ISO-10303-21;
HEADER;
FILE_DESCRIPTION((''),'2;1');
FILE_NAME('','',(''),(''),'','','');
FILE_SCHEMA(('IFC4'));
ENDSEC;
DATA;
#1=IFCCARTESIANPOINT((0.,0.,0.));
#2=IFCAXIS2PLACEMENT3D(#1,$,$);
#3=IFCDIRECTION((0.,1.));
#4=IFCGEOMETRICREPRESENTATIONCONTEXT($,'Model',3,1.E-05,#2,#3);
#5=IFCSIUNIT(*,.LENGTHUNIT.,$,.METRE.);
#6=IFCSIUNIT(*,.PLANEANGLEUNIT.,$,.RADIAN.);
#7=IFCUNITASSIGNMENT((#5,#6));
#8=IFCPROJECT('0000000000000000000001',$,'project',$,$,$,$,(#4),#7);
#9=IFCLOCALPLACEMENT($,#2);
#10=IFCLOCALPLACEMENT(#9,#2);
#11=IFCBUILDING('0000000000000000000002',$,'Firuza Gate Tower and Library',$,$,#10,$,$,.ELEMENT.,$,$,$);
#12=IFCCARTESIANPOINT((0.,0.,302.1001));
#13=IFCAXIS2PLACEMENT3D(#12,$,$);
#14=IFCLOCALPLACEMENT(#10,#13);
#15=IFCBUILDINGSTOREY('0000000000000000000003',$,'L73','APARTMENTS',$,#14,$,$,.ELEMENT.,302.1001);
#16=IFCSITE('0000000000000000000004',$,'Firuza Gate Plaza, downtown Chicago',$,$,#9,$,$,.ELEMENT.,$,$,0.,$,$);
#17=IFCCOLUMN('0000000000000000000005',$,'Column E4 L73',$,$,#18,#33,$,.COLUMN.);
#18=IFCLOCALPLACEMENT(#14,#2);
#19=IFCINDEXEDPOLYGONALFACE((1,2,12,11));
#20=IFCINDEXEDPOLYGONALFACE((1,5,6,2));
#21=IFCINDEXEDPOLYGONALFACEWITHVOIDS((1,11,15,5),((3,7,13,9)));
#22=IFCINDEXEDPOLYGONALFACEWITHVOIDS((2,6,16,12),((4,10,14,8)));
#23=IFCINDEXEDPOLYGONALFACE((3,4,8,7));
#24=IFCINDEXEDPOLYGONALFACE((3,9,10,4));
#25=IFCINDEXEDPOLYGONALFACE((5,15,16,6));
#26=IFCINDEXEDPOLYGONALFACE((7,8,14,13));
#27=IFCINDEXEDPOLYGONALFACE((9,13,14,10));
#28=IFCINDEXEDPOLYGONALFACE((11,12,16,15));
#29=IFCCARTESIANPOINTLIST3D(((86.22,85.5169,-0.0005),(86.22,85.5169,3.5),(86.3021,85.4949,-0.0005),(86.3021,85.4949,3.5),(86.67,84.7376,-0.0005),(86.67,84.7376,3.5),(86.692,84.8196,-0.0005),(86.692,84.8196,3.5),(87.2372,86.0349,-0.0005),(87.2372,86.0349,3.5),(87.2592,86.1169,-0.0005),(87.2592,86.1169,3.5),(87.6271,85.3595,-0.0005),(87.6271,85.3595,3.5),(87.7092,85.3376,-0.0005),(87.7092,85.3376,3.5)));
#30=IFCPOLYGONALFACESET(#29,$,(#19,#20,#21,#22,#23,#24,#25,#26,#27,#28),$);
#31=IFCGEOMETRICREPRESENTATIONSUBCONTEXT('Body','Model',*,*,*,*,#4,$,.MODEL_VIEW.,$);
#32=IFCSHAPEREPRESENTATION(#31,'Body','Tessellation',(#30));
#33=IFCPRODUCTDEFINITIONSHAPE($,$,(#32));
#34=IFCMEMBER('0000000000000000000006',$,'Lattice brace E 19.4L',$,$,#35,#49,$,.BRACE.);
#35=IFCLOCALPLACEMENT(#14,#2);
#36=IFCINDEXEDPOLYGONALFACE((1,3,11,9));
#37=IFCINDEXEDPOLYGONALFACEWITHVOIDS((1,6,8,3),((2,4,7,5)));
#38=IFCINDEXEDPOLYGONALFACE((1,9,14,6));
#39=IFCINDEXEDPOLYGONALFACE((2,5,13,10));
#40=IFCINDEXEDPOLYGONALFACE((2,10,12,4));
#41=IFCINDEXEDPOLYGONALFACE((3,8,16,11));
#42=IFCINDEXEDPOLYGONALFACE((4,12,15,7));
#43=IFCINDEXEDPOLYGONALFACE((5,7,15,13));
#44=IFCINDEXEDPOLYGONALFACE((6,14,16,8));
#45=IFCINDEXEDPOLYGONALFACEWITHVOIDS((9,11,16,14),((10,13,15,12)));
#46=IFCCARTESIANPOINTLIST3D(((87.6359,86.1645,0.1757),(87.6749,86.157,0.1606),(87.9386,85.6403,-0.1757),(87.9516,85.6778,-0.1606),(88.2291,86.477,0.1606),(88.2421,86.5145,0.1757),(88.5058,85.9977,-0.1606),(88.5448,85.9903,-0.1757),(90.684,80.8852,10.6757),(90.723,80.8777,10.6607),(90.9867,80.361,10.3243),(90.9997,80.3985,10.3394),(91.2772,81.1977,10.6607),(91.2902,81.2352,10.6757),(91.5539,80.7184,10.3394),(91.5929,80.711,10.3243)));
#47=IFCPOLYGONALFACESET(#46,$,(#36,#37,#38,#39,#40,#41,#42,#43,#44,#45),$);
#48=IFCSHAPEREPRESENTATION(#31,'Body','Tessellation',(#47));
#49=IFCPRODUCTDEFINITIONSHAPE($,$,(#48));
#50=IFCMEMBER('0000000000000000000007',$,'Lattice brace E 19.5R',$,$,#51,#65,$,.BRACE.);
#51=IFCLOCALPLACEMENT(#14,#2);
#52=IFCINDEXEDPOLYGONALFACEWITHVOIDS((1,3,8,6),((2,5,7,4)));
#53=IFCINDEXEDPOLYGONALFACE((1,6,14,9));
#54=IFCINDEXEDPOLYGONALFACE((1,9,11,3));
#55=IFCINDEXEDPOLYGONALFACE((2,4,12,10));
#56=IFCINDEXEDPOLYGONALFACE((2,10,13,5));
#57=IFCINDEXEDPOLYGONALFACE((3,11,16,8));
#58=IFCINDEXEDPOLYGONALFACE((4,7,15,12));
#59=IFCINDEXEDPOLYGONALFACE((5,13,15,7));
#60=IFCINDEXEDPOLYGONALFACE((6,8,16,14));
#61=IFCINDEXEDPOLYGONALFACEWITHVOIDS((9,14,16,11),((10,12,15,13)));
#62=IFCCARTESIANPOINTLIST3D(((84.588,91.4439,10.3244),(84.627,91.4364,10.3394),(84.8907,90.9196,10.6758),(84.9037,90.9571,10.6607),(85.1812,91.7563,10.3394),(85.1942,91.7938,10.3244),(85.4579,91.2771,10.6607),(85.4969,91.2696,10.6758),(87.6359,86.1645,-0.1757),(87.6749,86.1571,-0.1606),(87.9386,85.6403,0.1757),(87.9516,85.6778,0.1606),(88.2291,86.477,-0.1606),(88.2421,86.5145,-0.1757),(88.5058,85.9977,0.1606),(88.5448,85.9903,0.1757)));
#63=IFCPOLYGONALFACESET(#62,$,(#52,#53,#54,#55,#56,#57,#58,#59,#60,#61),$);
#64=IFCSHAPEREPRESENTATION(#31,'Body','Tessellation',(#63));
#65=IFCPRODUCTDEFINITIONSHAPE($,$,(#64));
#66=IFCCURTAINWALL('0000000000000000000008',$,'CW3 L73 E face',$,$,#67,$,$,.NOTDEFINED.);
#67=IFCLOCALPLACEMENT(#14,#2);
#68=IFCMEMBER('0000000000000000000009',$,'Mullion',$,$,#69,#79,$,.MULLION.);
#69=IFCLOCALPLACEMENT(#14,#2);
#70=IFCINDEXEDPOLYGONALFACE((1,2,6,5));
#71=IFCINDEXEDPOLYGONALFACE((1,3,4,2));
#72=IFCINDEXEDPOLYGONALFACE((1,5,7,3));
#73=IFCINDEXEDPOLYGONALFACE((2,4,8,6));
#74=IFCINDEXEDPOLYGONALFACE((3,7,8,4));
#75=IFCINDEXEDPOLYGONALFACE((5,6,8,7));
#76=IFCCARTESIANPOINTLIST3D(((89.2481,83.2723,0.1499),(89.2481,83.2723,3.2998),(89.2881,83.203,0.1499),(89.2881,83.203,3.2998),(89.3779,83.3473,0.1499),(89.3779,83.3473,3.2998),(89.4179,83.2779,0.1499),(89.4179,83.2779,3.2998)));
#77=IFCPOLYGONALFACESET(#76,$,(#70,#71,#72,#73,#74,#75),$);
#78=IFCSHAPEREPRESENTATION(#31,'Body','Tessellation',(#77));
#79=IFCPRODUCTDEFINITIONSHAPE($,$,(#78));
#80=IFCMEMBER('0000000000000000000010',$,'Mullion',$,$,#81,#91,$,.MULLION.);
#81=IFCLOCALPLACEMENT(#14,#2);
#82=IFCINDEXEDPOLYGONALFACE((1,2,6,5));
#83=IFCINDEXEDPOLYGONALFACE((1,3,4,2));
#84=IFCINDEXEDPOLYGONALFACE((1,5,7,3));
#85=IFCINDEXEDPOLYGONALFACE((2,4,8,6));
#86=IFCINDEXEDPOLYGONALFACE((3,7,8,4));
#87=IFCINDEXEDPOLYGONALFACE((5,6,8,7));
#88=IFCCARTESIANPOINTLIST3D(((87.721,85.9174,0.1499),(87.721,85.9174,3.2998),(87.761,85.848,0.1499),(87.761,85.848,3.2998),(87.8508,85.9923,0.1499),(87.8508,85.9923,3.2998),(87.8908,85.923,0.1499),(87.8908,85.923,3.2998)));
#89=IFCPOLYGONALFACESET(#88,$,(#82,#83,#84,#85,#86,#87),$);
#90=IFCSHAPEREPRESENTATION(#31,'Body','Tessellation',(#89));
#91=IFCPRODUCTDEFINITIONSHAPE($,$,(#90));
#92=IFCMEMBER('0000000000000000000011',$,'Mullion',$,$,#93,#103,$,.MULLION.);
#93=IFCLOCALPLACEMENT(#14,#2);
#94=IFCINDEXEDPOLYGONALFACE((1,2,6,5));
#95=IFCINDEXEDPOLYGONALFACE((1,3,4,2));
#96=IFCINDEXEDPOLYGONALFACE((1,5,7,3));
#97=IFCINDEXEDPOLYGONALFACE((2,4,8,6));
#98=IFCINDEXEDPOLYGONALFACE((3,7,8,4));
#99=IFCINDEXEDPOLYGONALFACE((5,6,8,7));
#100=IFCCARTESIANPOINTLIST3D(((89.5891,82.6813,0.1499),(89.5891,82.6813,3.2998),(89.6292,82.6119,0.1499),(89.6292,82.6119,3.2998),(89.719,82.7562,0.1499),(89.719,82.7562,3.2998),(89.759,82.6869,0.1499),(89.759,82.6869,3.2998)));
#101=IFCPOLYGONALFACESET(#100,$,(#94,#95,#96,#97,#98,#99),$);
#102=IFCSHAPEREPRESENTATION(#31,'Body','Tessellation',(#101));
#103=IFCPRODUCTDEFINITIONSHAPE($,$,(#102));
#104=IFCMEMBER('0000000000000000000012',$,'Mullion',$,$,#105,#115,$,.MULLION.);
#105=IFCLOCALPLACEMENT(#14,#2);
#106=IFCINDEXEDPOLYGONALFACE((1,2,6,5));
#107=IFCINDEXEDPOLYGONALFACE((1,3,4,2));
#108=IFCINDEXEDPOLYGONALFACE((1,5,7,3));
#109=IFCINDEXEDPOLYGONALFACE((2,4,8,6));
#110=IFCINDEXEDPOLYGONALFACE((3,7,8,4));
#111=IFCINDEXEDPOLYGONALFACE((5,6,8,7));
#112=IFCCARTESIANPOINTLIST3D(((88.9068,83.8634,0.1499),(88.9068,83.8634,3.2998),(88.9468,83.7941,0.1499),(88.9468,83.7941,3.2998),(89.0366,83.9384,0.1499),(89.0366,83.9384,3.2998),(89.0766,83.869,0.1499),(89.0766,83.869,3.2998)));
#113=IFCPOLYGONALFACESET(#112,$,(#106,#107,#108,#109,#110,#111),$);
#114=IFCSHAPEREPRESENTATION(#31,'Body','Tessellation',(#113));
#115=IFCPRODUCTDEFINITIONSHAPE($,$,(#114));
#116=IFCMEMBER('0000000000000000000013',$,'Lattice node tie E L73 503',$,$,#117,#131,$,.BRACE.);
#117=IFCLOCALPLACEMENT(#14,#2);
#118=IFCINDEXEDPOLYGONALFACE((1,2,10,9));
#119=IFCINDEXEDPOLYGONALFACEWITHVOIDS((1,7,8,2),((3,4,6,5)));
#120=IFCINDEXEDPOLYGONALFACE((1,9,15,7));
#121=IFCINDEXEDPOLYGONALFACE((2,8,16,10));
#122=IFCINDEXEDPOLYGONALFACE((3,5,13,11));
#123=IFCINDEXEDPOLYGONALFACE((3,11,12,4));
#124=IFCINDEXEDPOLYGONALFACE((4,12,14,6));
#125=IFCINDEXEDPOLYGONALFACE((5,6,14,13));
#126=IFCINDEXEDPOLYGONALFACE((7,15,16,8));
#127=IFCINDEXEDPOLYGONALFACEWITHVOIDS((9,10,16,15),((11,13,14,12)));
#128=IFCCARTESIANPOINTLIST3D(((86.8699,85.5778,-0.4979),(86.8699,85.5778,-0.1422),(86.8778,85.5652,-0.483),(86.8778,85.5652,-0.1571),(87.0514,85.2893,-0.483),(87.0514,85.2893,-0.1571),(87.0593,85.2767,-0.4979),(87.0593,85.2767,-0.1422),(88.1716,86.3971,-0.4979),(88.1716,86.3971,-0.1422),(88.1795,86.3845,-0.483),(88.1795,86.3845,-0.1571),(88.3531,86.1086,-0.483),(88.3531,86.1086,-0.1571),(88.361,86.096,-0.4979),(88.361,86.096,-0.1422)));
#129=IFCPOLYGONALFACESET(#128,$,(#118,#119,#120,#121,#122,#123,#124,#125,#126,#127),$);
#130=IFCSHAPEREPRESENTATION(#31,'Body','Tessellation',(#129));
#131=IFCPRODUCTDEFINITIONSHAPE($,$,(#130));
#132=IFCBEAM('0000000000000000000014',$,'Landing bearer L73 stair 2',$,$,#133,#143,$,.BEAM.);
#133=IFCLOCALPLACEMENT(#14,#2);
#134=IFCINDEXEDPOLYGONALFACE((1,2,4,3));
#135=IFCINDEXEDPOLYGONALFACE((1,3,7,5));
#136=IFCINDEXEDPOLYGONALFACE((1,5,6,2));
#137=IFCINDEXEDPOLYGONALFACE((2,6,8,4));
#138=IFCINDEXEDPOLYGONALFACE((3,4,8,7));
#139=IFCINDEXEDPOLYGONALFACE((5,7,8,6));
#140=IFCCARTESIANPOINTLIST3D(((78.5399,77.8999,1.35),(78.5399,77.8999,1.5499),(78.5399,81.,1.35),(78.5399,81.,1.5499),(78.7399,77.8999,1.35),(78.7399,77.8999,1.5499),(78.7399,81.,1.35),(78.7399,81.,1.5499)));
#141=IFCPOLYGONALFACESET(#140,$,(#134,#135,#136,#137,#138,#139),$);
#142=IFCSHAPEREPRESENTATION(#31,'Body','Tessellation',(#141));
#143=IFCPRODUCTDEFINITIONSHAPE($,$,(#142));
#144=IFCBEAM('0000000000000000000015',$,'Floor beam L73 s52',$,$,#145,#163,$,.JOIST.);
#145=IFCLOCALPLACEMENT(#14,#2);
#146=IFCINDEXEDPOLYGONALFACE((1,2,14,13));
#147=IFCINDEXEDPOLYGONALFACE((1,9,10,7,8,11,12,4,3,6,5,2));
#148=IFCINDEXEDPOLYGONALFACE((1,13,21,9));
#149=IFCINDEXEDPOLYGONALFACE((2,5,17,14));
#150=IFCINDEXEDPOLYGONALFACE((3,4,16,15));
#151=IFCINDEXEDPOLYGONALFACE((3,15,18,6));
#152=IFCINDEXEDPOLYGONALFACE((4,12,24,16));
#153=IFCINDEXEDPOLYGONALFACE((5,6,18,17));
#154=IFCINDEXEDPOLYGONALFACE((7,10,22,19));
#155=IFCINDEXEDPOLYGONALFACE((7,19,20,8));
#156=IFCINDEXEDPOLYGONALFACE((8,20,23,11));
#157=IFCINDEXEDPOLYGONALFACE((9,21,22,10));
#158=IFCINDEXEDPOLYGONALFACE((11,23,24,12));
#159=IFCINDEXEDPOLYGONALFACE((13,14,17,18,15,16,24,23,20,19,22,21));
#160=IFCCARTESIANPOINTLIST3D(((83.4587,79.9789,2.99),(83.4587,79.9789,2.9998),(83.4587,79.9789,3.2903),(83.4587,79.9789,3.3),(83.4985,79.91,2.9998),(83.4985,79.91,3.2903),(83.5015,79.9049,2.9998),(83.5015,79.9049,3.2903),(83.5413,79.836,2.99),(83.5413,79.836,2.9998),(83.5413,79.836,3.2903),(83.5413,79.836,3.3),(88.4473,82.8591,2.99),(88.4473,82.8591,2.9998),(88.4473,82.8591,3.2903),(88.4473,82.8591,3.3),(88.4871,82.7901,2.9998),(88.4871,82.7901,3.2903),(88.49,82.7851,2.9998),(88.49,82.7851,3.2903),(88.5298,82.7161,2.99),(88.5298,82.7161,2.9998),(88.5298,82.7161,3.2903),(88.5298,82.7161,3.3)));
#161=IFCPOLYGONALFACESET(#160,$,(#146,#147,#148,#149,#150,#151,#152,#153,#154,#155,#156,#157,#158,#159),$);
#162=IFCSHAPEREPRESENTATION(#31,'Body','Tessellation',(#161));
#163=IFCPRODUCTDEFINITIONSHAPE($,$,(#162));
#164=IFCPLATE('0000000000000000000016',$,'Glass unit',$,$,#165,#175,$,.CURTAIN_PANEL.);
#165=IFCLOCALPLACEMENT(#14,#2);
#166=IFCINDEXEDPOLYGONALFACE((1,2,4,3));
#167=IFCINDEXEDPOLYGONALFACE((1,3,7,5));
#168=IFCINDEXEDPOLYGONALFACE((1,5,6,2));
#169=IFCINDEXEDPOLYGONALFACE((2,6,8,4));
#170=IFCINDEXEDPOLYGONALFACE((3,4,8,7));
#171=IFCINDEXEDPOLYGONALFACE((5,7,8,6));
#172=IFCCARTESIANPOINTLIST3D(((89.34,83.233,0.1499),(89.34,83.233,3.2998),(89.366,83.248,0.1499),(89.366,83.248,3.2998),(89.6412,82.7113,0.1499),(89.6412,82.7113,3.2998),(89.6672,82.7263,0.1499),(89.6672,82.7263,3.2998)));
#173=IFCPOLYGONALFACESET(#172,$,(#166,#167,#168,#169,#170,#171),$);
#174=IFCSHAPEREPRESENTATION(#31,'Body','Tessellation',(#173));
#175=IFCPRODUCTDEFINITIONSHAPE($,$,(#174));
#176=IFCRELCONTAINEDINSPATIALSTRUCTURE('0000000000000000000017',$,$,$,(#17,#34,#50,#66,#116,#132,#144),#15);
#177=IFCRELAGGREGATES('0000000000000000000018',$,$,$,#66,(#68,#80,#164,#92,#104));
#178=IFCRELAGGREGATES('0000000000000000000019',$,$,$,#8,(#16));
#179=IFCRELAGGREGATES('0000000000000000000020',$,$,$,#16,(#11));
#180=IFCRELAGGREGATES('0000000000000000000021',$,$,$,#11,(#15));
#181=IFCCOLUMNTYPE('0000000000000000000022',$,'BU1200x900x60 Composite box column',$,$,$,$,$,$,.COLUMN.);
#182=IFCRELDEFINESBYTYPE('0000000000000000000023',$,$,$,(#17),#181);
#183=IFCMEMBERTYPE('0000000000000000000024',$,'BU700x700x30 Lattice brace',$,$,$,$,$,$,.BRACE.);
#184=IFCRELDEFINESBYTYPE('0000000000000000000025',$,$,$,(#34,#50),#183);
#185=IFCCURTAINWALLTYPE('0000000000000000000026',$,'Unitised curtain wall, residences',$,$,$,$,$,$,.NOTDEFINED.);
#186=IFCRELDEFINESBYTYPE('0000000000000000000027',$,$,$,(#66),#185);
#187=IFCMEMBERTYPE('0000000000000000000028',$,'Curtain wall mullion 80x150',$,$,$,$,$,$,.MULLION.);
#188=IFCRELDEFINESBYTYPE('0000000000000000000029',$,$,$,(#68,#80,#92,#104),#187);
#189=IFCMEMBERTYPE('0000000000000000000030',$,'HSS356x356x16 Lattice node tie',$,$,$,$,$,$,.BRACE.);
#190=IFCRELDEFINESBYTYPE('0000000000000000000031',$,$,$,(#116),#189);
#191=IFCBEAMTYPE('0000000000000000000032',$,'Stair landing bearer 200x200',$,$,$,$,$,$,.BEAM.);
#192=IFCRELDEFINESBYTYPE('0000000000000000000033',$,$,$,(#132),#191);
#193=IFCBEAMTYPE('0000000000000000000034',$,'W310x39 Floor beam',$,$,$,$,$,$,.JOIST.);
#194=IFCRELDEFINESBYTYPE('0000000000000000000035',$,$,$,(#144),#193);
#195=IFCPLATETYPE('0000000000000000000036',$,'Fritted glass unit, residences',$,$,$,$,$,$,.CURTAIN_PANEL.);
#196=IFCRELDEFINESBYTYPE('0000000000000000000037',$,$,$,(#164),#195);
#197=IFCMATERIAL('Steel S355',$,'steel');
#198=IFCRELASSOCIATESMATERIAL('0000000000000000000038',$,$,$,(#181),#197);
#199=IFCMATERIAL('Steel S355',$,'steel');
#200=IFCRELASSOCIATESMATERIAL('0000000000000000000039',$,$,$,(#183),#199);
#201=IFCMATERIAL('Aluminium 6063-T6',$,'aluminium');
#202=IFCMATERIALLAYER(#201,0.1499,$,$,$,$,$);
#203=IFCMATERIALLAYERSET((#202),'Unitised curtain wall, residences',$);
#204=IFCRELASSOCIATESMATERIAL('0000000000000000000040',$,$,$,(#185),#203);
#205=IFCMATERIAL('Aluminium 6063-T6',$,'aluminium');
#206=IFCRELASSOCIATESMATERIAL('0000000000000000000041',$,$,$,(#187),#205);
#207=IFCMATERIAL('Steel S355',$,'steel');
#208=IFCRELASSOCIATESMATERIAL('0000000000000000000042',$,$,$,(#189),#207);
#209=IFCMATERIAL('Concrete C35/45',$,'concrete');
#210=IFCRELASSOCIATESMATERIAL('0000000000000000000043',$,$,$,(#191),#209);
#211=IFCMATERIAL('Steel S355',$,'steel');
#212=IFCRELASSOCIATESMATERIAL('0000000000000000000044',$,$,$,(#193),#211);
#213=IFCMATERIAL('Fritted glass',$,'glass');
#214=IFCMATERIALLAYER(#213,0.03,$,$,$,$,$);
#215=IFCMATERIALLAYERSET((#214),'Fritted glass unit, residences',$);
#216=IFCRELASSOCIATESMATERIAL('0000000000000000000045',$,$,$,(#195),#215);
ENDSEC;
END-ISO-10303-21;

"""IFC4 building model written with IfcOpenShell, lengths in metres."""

from ifc_helpers import new_model, si_unit, direction, frame, origin, origin_2d, place, context, subcontext, project, spatial, polyline, rectangle, hollow_rectangle, i_section, outline, extrude, material, layer, layer_set, material_profile, profile_set, type_object, element, aggregate, save


model = new_model("IFC4")

# Units and contexts
model_context = context("Model", 3, precision=1e-05, world=origin(), true_north=direction((0.0, 1.0)))
body_context = subcontext(model_context, "Body", "Model", "MODEL_VIEW")
ifc_project = project(units=[si_unit("LENGTHUNIT", "METRE"), si_unit("PLANEANGLEUNIT", "RADIAN")], contexts=[model_context])

# Site, building, storey
site_placement = place(None, origin())
site = spatial("IfcSite", under=ifc_project, at=site_placement, Name="Firuza Gate Plaza, downtown Chicago", CompositionType="ELEMENT", RefElevation=0.0)
building_placement = place(site_placement, origin())
building = spatial("IfcBuilding", under=site, at=building_placement, Name="Firuza Gate Tower and Library", CompositionType="ELEMENT")
storey_placement = place(building_placement, frame((0.0, 0.0, 302.1001)))
storey = spatial("IfcBuildingStorey", under=building, at=storey_placement, Name="L73", Description="APARTMENTS", CompositionType="ELEMENT", Elevation=302.1001)

# Column
ifc_material_1 = material(Name="Steel S355", Category="steel")
ifc_material_profile_1 = material_profile(ifc_material_1, hollow_rectangle(XDim=0.8999, YDim=1.2, WallThickness=0.0601, at=origin_2d()))
ifc_profile_set_1 = profile_set([ifc_material_profile_1], Name="Steel S355")
column_type = type_object("IfcColumnType", Name="BU1200x900x60 Composite box column", PredefinedType="COLUMN", material=ifc_profile_set_1)
column_placement = place(storey_placement, frame((86.9646, 85.4272, -0.0005), z_axis=(0.0, 0.0, 1.0), x_axis=(-0.5, 0.866025, 0.0)))
element("IfcColumn", 1, at=column_placement, inside=storey, type_object=column_type, Name="Column E4 L73", PredefinedType="COLUMN", context=body_context, shape_type="SweptSolid", body=[
    extrude(hollow_rectangle(XDim=0.8999, YDim=1.2, WallThickness=0.0601, at=origin_2d()), origin(), (0.0, 0.0, 1.0), 3.5005),
])

# Members
ifc_material_2 = material(Name="Steel S355", Category="steel")
ifc_material_profile_2 = material_profile(ifc_material_2, hollow_rectangle(XDim=0.7, YDim=0.7, WallThickness=0.03, at=origin_2d()))
ifc_profile_set_2 = profile_set([ifc_material_profile_2], Name="Steel S355")
member_type_1 = type_object("IfcMemberType", Name="BU700x700x30 Lattice brace", PredefinedType="BRACE", material=ifc_profile_set_2)
for number, where, z_axis, x_axis, name in (
    (2, (88.0903, 86.0774, 0.0), (0.251051, -0.43482, 0.864815), (0.866019, 0.500011, 0.0), "Lattice brace E 19.4L"),
    (3, (88.0903, 86.0774, 0.0), (-0.251032, 0.434823, 0.864819), (-0.866036, -0.499981, 0.0), "Lattice brace E 19.5R"),
):
    element("IfcMember", number, at=place(storey_placement, frame(where, z_axis=z_axis, x_axis=x_axis)), inside=storey, type_object=member_type_1, Name=name, PredefinedType="BRACE", context=body_context, shape_type="SweptSolid", body=[
        extrude(hollow_rectangle(XDim=0.7, YDim=0.7, WallThickness=0.03, at=origin_2d()), origin(), (0.0, 0.0, 1.0), 12.1414),
    ])

# Curtain wall, members
ifc_material_3 = material(Name="Aluminium 6063-T6", Category="aluminium")
ifc_layer_1 = layer(ifc_material_3, 0.1499)
ifc_layer_set_1 = layer_set([ifc_layer_1], Name="Unitised curtain wall, residences")
curtain_wall_type = type_object("IfcCurtainWallType", Name="Unitised curtain wall, residences", PredefinedType="NOTDEFINED", material=ifc_layer_set_1)
placement = place(storey_placement, origin())
curtain_wall = element("IfcCurtainWall", 4, at=placement, inside=storey, type_object=curtain_wall_type, Name="CW3 L73 E face", PredefinedType="NOTDEFINED")
ifc_material_4 = material(Name="Aluminium 6063-T6", Category="aluminium")
ifc_material_profile_3 = material_profile(ifc_material_4, rectangle(XDim=0.1499, YDim=0.0801, at=origin_2d()))
ifc_profile_set_3 = profile_set([ifc_material_profile_3], Name="Aluminium 6063-T6")
member_type_2 = type_object("IfcMemberType", Name="Curtain wall mullion 80x150", PredefinedType="MULLION", material=ifc_profile_set_3)
member_1_placement = place(storey_placement, frame((89.333, 83.2751, 0.1499), z_axis=(0.0, 0.0, 1.0), x_axis=(-0.866025, -0.5, 0.0)))
member_1 = element("IfcMember", 5, at=member_1_placement, type_object=member_type_2, Name="Mullion", PredefinedType="MULLION", context=body_context, shape_type="SweptSolid", body=[
    extrude(rectangle(XDim=0.1499, YDim=0.0801, at=origin_2d()), origin(), (0.0, 0.0, 1.0), 3.1499),
])
member_2_placement = place(storey_placement, frame((87.8059, 85.9202, 0.1499), z_axis=(0.0, 0.0, 1.0), x_axis=(-0.866025, -0.5, 0.0)))
member_2 = element("IfcMember", 6, at=member_2_placement, type_object=member_type_2, Name="Mullion", PredefinedType="MULLION", context=body_context, shape_type="SweptSolid", body=[
    extrude(rectangle(XDim=0.1499, YDim=0.0801, at=origin_2d()), origin(), (0.0, 0.0, 1.0), 3.1499),
])
member_3_placement = place(storey_placement, frame((89.6741, 82.6841, 0.1499), z_axis=(0.0, 0.0, 1.0), x_axis=(-0.866025, -0.5, 0.0)))
member_3 = element("IfcMember", 7, at=member_3_placement, type_object=member_type_2, Name="Mullion", PredefinedType="MULLION", context=body_context, shape_type="SweptSolid", body=[
    extrude(rectangle(XDim=0.1499, YDim=0.0801, at=origin_2d()), origin(), (0.0, 0.0, 1.0), 3.1499),
])
member_4_placement = place(storey_placement, frame((88.9917, 83.8662, 0.1499), z_axis=(0.0, 0.0, 1.0), x_axis=(-0.866025, -0.5, 0.0)))
member_4 = element("IfcMember", 8, at=member_4_placement, type_object=member_type_2, Name="Mullion", PredefinedType="MULLION", context=body_context, shape_type="SweptSolid", body=[
    extrude(rectangle(XDim=0.1499, YDim=0.0801, at=origin_2d()), origin(), (0.0, 0.0, 1.0), 3.1499),
])

# Member
ifc_material_5 = material(Name="Steel S355", Category="steel")
ifc_material_profile_4 = material_profile(ifc_material_5, hollow_rectangle(XDim=0.3557, YDim=0.3557, WallThickness=0.0149, at=origin_2d()))
ifc_profile_set_4 = profile_set([ifc_material_profile_4], Name="Steel S355")
member_type_3 = type_object("IfcMemberType", Name="HSS356x356x16 Lattice node tie", PredefinedType="BRACE", material=ifc_profile_set_4)
member_5_placement = place(storey_placement, frame((86.9646, 85.4272, -0.3201), z_axis=(0.846318, 0.532679, 0.0), x_axis=(-0.532679, 0.846318, 0.0)))
element("IfcMember", 9, at=member_5_placement, inside=storey, type_object=member_type_3, Name="Lattice node tie E L73 503", PredefinedType="BRACE", context=body_context, shape_type="SweptSolid", body=[
    extrude(hollow_rectangle(XDim=0.3557, YDim=0.3557, WallThickness=0.0149, at=origin_2d()), origin(), (0.0, 0.0, 1.0), 1.5381),
])

# Beams
ifc_material_6 = material(Name="Concrete C35/45", Category="concrete")
ifc_material_profile_5 = material_profile(ifc_material_6, rectangle(XDim=0.2, YDim=0.2, at=origin_2d()))
ifc_profile_set_5 = profile_set([ifc_material_profile_5], Name="Concrete C35/45")
beam_type_1 = type_object("IfcBeamType", Name="Stair landing bearer 200x200", PredefinedType="BEAM", material=ifc_profile_set_5)
beam_1_placement = place(storey_placement, frame((78.6399, 81.0, 1.45), z_axis=(0.0, -1.0, 0.0), x_axis=(1.0, 0.0, 0.0)))
element("IfcBeam", 10, at=beam_1_placement, inside=storey, type_object=beam_type_1, Name="Landing bearer L73 stair 2", PredefinedType="BEAM", context=body_context, shape_type="SweptSolid", body=[
    extrude(rectangle(XDim=0.2, YDim=0.2, at=origin_2d()), origin(), (0.0, 0.0, 1.0), 3.1001),
])
ifc_material_7 = material(Name="Steel S355", Category="steel")
ifc_material_profile_6 = material_profile(ifc_material_7, i_section(OverallWidth=0.165, OverallDepth=0.3101, WebThickness=0.0059, FlangeThickness=0.0098, at=origin_2d()))
ifc_profile_set_6 = profile_set([ifc_material_profile_6], Name="Steel S355")
beam_type_2 = type_object("IfcBeamType", Name="W310x39 Floor beam", PredefinedType="JOIST", material=ifc_profile_set_6)
beam_2_placement = place(storey_placement, frame((88.4885, 82.7876, 3.145), z_axis=(-0.866025, -0.5, 0.0), x_axis=(0.5, -0.866025, 0.0)))
element("IfcBeam", 11, at=beam_2_placement, inside=storey, type_object=beam_type_2, Name="Floor beam L73 s52", PredefinedType="JOIST", context=body_context, shape_type="SweptSolid", body=[
    extrude(i_section(OverallWidth=0.165, OverallDepth=0.3101, WebThickness=0.0059, FlangeThickness=0.0098, at=origin_2d()), origin(), (0.0, 0.0, 1.0), 5.7603),
])

# Plate
ifc_material_8 = material(Name="Fritted glass", Category="glass")
ifc_layer_2 = layer(ifc_material_8, 0.03)
ifc_layer_set_2 = layer_set([ifc_layer_2], Name="Fritted glass unit, residences")
plate_type_1 = type_object("IfcPlateType", Name="Fritted glass unit, residences", PredefinedType="CURTAIN_PANEL", material=ifc_layer_set_2)
plate_1_placement = place(storey_placement, frame((89.6672, 82.7263, 0.1499), z_axis=(0.86599, 0.500062, 0.0), x_axis=(-0.500062, 0.86599, 0.0)))
plate_1 = element("IfcPlate", 12, at=plate_1_placement, type_object=plate_type_1, Name="Glass unit", PredefinedType="CURTAIN_PANEL", context=body_context, shape_type="SweptSolid", body=[
    extrude(outline(polyline([(0.0, 0.0), (0.6025, 0.0), (0.6025, 3.1499), (0.0, 3.1499), (0.0, 0.0)])), origin(), (0.0, 0.0, -1.0), 0.03),
])
aggregate(curtain_wall, [member_1, member_2, plate_1, member_3, member_4])

save(model, "model.ifc")
